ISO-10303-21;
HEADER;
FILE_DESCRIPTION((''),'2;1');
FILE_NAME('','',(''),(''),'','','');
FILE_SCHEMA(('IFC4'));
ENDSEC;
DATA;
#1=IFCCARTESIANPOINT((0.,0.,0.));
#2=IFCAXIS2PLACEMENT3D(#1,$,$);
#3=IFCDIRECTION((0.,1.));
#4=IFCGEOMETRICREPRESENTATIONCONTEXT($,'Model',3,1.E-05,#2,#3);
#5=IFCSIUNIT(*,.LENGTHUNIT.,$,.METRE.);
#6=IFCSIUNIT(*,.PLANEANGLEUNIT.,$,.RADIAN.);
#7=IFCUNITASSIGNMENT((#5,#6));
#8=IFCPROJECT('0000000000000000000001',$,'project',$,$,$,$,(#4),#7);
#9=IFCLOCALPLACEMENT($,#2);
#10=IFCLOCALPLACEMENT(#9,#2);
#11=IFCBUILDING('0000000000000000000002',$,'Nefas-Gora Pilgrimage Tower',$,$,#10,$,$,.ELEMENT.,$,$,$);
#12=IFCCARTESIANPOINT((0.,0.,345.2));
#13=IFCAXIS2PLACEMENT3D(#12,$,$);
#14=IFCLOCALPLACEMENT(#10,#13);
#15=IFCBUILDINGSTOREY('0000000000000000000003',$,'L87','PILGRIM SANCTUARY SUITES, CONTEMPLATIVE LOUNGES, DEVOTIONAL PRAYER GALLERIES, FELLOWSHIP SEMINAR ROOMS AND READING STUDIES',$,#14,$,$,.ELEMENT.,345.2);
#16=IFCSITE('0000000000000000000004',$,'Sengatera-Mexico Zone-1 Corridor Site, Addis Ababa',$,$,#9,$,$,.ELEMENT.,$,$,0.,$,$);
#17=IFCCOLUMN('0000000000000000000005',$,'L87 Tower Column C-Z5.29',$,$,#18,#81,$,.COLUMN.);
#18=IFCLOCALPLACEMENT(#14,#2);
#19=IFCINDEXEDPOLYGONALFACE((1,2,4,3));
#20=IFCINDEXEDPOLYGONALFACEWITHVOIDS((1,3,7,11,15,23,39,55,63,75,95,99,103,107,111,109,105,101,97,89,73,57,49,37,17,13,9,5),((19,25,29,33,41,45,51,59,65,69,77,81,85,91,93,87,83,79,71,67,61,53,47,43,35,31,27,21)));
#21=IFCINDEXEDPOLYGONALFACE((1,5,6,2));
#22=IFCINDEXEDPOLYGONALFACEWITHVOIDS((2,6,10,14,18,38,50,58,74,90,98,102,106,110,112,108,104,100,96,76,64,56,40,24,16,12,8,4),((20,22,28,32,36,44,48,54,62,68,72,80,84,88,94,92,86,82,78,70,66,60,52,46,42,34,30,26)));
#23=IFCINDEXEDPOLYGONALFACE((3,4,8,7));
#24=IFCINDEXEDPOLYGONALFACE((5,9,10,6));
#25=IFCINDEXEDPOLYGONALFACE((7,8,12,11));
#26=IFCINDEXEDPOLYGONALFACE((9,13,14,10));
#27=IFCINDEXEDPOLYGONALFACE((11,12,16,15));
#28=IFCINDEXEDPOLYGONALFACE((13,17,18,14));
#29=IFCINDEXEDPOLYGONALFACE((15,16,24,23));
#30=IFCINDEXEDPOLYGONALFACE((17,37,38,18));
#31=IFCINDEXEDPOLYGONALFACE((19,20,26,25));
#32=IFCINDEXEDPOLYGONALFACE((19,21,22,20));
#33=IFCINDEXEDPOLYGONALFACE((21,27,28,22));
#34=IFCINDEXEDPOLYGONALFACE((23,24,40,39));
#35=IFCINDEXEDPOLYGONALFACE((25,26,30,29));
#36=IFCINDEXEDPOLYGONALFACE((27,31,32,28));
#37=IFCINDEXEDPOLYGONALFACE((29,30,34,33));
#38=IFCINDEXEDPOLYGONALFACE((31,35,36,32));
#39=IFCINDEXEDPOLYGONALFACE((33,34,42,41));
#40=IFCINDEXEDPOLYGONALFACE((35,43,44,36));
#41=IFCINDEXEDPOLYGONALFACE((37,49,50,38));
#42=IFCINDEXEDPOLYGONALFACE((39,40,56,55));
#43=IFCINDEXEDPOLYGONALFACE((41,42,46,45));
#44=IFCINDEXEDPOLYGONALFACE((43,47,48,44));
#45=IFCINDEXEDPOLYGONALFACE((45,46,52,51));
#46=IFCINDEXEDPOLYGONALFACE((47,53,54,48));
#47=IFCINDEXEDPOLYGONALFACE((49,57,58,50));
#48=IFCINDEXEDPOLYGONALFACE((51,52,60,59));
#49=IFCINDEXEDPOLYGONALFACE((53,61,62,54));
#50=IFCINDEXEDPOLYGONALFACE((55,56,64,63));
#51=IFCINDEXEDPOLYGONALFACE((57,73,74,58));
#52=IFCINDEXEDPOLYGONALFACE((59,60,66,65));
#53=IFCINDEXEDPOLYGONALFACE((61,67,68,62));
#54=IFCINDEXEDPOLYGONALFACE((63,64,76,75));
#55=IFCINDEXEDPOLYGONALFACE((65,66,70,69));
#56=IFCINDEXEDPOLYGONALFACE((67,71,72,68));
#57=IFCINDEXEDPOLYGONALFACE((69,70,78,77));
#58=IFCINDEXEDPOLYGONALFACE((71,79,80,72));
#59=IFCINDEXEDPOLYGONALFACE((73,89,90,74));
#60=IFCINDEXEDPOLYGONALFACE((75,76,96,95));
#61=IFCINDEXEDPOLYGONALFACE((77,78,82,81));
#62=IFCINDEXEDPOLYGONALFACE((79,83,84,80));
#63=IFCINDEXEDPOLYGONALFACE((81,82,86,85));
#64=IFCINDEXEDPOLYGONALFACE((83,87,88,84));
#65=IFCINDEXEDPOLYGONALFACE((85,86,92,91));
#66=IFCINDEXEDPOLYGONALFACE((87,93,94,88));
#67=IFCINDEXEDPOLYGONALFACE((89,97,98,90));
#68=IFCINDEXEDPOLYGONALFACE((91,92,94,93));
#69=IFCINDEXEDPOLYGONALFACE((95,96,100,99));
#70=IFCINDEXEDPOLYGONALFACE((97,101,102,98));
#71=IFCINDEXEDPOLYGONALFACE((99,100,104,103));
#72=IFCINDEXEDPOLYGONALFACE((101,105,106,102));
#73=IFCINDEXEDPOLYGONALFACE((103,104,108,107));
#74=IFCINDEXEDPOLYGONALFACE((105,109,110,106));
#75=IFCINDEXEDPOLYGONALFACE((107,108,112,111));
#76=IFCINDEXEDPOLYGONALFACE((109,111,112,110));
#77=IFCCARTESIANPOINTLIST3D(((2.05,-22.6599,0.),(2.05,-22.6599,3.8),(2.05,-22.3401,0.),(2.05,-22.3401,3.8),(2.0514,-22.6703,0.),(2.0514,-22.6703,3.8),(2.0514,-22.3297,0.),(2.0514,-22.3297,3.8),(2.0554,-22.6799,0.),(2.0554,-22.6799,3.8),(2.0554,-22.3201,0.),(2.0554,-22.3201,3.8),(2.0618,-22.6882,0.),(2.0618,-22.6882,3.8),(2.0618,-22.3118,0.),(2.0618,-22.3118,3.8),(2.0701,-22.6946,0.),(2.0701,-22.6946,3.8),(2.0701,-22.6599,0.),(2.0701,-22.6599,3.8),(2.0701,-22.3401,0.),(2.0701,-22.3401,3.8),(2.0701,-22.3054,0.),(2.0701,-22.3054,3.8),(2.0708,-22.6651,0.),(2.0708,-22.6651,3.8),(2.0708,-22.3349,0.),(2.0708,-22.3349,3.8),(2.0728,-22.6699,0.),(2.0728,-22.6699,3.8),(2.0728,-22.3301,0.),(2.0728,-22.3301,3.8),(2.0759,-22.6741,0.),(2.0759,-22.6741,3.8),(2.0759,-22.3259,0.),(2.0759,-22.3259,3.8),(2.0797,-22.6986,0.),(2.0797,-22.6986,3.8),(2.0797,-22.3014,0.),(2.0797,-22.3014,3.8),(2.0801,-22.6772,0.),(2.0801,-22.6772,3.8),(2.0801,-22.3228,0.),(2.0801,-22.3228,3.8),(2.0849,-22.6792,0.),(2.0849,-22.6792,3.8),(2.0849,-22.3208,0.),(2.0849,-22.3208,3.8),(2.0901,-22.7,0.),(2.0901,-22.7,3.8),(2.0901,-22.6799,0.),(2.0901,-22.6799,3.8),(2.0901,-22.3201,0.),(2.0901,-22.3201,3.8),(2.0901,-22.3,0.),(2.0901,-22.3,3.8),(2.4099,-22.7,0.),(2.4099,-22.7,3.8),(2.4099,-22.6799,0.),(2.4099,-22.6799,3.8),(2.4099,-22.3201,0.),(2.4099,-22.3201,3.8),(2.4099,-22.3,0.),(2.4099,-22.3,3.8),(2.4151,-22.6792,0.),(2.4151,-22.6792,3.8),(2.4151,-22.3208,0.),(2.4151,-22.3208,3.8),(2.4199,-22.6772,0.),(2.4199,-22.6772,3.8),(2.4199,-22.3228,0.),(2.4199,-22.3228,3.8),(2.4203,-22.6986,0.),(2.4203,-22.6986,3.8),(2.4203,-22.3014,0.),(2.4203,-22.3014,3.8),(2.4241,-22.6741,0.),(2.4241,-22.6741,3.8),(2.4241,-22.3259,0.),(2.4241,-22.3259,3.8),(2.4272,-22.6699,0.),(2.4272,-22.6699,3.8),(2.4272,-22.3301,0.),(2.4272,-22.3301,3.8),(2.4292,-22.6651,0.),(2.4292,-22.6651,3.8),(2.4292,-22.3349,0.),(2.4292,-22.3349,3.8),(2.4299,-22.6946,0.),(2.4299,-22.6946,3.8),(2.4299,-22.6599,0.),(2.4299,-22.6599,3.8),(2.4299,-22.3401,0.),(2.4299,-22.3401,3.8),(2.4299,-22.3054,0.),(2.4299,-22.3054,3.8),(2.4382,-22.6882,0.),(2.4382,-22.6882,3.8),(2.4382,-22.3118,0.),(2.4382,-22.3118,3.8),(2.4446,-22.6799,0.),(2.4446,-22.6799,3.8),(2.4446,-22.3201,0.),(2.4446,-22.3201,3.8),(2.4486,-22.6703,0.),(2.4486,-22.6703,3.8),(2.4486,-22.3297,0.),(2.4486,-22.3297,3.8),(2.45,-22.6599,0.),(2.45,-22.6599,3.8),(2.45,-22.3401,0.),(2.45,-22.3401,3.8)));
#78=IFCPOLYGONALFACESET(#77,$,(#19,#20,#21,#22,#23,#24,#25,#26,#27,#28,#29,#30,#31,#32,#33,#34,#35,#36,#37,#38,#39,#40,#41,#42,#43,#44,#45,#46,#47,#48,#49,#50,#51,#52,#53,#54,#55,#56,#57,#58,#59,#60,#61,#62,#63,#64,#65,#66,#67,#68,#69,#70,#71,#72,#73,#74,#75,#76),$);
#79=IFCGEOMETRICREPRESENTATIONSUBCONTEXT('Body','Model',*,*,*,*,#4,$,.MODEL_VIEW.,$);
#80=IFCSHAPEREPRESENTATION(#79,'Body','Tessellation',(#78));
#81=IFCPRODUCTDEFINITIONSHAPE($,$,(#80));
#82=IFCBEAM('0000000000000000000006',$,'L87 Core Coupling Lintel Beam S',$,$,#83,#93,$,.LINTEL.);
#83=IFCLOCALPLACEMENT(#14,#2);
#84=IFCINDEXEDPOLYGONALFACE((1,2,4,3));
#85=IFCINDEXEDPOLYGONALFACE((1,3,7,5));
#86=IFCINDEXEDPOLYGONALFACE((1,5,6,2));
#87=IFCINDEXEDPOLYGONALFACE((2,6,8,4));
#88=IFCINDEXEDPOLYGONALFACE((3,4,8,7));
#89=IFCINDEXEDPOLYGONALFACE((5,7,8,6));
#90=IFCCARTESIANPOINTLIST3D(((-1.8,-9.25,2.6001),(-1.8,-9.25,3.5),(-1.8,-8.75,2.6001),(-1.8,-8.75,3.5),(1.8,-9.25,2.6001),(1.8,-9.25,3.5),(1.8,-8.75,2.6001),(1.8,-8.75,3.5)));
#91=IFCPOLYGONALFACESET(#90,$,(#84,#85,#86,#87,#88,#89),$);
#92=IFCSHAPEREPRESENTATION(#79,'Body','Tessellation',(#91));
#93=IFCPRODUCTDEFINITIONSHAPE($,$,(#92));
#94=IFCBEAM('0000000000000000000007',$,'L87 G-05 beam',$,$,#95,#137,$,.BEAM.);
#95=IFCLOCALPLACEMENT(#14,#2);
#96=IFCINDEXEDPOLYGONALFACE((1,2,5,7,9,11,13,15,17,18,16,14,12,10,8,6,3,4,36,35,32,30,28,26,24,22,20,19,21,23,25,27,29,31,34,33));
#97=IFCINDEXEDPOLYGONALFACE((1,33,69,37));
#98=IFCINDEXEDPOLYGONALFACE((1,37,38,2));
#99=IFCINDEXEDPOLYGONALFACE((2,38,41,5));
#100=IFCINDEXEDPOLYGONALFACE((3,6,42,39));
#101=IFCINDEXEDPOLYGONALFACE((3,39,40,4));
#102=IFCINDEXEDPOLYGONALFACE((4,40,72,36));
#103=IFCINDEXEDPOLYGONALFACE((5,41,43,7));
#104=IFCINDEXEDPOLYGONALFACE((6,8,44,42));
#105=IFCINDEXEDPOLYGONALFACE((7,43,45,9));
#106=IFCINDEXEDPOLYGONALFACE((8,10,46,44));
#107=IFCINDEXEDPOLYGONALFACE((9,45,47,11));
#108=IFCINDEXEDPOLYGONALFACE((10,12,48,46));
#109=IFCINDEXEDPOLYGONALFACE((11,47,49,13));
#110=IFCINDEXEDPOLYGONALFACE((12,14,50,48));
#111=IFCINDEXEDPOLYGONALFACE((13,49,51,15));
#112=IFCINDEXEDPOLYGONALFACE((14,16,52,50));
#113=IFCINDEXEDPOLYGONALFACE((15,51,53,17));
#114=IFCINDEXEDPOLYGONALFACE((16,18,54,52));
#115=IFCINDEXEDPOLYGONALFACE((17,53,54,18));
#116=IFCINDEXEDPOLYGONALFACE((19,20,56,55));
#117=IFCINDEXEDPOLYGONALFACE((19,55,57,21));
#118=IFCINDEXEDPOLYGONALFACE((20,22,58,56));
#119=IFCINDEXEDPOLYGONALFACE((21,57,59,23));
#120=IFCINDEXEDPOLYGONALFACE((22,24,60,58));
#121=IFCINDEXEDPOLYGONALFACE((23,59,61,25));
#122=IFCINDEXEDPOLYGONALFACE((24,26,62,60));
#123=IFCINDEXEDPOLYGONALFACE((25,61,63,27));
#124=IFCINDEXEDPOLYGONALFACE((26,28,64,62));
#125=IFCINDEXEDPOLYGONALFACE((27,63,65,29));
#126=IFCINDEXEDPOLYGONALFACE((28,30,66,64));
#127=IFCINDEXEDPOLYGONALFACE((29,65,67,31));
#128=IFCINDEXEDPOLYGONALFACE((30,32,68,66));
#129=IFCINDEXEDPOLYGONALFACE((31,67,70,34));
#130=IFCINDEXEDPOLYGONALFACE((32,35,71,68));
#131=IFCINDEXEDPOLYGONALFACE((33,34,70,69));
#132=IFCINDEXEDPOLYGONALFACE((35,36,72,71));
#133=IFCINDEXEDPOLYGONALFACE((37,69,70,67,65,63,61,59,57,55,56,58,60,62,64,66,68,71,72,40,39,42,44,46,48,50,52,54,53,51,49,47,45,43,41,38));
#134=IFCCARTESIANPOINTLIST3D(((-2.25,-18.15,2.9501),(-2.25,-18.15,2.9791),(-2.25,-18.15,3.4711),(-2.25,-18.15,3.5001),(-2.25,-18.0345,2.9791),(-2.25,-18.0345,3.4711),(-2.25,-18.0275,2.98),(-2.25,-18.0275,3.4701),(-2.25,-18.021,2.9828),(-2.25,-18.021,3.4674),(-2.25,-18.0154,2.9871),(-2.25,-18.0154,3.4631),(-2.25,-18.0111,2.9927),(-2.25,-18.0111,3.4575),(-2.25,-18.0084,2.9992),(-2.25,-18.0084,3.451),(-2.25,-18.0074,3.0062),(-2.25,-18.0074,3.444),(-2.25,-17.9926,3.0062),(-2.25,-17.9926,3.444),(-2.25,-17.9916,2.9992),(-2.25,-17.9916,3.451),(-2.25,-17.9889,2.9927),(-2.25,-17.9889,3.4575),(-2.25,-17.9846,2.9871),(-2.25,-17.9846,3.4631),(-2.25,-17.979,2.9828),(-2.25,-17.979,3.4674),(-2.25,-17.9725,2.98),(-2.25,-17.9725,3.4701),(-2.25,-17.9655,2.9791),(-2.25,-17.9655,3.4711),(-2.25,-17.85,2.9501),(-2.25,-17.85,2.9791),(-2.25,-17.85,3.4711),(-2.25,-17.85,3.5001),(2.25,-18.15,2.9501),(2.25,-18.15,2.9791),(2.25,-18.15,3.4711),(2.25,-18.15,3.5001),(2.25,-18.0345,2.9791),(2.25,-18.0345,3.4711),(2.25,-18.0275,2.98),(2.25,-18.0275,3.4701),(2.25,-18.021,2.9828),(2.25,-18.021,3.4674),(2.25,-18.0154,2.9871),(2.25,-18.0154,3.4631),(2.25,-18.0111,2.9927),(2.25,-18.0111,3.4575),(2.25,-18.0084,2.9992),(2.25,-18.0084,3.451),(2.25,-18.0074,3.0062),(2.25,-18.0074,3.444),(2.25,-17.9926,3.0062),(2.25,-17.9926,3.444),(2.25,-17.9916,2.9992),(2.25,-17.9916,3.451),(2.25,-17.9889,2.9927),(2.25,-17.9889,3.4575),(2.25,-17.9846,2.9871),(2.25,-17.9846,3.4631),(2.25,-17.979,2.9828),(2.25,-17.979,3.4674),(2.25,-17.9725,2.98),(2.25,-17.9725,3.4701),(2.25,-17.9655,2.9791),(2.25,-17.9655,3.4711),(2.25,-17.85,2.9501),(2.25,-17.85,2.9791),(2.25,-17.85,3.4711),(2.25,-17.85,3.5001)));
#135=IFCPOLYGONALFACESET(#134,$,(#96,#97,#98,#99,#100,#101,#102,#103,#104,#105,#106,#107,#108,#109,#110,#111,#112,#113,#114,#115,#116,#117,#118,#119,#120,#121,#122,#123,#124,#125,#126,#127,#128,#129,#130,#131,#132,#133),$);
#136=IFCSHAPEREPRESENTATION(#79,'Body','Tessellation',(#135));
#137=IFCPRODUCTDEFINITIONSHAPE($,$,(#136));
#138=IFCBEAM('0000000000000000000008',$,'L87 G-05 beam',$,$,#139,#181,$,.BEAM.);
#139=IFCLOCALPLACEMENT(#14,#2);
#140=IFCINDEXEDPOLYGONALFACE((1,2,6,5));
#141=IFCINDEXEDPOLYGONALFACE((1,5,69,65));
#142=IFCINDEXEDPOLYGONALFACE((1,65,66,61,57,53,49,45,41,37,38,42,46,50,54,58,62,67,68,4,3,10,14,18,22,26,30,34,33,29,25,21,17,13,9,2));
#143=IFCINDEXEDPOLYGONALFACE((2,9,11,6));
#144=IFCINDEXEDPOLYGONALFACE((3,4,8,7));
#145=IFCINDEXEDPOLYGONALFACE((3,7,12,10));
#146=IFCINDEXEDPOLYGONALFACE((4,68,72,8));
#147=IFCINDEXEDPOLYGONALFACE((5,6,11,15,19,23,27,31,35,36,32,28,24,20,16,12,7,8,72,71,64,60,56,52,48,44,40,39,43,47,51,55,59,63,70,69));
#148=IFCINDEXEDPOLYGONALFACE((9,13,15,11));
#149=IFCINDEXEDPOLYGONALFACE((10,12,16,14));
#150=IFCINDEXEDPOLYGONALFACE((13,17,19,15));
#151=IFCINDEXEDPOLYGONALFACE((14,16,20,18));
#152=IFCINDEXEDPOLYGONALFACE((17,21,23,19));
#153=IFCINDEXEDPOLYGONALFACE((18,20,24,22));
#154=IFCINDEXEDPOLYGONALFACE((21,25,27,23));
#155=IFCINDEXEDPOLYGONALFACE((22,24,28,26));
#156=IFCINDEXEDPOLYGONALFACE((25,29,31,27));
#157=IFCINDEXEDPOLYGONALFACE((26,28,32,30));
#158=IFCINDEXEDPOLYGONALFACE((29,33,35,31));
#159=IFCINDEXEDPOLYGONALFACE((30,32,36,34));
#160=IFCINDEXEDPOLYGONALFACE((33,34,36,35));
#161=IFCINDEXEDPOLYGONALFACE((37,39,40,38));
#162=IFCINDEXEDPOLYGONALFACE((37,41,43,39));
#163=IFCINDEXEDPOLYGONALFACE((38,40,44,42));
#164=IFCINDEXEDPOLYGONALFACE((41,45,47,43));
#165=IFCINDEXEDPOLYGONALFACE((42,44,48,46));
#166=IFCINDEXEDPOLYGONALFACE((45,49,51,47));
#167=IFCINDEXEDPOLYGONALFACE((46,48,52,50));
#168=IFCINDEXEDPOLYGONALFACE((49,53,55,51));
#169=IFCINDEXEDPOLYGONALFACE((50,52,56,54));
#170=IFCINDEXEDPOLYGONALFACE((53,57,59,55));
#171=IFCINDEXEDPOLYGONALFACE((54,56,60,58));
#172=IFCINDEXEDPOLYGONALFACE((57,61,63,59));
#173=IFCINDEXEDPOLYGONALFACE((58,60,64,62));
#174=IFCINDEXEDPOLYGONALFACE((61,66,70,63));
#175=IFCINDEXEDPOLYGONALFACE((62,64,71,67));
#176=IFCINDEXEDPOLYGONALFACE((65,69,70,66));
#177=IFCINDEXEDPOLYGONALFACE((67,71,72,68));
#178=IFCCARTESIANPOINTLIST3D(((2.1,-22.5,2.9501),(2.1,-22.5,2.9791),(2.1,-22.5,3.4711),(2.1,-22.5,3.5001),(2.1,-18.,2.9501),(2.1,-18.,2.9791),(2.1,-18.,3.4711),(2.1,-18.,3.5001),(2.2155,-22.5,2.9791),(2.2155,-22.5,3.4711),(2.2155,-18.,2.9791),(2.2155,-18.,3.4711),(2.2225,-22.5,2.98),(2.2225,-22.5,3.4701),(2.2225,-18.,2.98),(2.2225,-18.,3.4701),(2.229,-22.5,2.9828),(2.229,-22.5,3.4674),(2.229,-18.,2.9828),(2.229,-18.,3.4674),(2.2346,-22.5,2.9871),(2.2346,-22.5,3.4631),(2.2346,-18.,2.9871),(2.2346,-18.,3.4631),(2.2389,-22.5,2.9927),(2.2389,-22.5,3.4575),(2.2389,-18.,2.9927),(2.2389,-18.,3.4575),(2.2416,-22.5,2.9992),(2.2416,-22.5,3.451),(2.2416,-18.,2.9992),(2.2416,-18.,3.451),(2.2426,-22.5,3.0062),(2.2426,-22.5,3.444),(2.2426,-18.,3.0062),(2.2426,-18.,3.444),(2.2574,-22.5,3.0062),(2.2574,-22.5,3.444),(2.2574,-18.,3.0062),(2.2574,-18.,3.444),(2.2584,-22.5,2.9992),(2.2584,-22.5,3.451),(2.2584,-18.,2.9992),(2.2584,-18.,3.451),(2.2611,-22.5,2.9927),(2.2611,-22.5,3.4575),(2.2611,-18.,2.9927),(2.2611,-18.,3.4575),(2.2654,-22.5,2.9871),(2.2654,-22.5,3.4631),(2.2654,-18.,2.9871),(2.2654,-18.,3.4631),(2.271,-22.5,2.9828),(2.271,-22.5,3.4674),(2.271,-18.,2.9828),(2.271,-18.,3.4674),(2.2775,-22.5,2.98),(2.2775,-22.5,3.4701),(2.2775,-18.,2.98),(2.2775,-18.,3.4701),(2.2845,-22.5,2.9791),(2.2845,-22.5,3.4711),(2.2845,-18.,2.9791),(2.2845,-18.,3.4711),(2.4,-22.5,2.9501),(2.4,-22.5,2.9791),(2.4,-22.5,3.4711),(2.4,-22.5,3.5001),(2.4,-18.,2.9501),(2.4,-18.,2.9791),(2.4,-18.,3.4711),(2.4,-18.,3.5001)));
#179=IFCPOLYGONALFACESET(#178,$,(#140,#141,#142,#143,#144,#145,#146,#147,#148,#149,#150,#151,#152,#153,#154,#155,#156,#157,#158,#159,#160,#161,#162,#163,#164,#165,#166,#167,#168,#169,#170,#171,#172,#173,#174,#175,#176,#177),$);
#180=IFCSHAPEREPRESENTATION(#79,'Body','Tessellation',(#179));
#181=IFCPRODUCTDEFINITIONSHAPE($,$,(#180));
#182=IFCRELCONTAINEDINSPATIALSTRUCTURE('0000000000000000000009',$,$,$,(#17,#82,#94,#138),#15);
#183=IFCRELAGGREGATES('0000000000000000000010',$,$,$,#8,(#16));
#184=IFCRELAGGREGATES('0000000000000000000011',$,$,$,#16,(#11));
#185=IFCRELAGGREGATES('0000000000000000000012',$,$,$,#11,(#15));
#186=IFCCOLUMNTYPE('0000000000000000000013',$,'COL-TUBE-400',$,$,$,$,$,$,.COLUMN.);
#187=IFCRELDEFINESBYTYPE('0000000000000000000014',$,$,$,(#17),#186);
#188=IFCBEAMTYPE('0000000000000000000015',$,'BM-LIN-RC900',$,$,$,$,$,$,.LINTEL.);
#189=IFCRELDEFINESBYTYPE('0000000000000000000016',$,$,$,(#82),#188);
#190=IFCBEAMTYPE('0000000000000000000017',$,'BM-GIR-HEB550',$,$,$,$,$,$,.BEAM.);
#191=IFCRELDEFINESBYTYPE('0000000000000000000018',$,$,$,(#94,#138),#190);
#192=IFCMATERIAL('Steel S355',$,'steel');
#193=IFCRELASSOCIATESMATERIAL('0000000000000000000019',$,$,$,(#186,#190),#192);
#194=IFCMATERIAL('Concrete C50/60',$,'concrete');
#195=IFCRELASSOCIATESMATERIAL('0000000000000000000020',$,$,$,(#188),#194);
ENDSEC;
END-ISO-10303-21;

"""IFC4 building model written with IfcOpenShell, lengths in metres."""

from ifc_helpers import new_model, si_unit, direction, frame, origin, origin_2d, place, context, subcontext, project, spatial, rectangle, hollow_rectangle, i_section, extrude, source, transform, mapped, material, material_profile, profile_set, type_object, element, save


model = new_model("IFC4")

# Units and contexts
model_context = context("Model", 3, precision=1e-05, world=origin(), true_north=direction((0.0, 1.0)))
body_context = subcontext(model_context, "Body", "Model", "MODEL_VIEW")
ifc_project = project(units=[si_unit("LENGTHUNIT", "METRE"), si_unit("PLANEANGLEUNIT", "RADIAN")], contexts=[model_context])

# Site, building, storey
site_placement = place(None, origin())
site = spatial("IfcSite", under=ifc_project, at=site_placement, Name="Sengatera-Mexico Zone-1 Corridor Site, Addis Ababa", CompositionType="ELEMENT", RefElevation=0.0)
building_placement = place(site_placement, origin())
building = spatial("IfcBuilding", under=site, at=building_placement, Name="Nefas-Gora Pilgrimage Tower", CompositionType="ELEMENT")
storey_placement = place(building_placement, frame((0.0, 0.0, 345.2)))
storey = spatial("IfcBuildingStorey", under=building, at=storey_placement, Name="L87", Description="PILGRIM SANCTUARY SUITES, CONTEMPLATIVE LOUNGES, DEVOTIONAL PRAYER GALLERIES, FELLOWSHIP SEMINAR ROOMS AND READING STUDIES", CompositionType="ELEMENT", Elevation=345.2)

# Column
ifc_material_1 = material(Name="Steel S355", Category="steel")
ifc_material_2 = material(Name="Concrete C50/60", Category="concrete")
ifc_material_profile_1 = material_profile(ifc_material_1, hollow_rectangle(XDim=0.3999, YDim=0.3999, WallThickness=0.02, InnerFilletRadius=0.02, OuterFilletRadius=0.04, at=origin_2d()), Name="SHS 400x400x20")
ifc_profile_set_1 = profile_set([ifc_material_profile_1], Name="Steel S355")
column_type_1 = type_object("IfcColumnType", Name="COL-TUBE-400", PredefinedType="COLUMN", material=ifc_profile_set_1)
shared_shape_1 = source(origin(), body_context, "Body", "SweptSolid", [
    extrude(hollow_rectangle(XDim=0.3999, YDim=0.3999, WallThickness=0.02, InnerFilletRadius=0.02, OuterFilletRadius=0.04, at=origin_2d()), origin(), (0.0, 0.0, 1.0), 3.8),
])
column_1_placement = place(storey_placement, frame((2.25, -22.5, 0.0), z_axis=(0.0, 0.0, 1.0), x_axis=(1.0, 0.0, 0.0)))
element("IfcColumn", 1, at=column_1_placement, inside=storey, type_object=column_type_1, Name="L87 Tower Column C-Z5.29", PredefinedType="COLUMN", context=body_context, shape_type="MappedRepresentation", body=[
    mapped(shared_shape_1, transform((0.0, 0.0, 0.0), x_axis=(1.0, 0.0, 0.0), y_axis=(0.0, 1.0, 0.0), z_axis=(0.0, 0.0, 1.0), scale=1.0)),
])

# Beams
ifc_material_profile_2 = material_profile(ifc_material_2, rectangle(XDim=0.5, YDim=0.8999, at=origin_2d()), Name="RC 500x900")
ifc_profile_set_2 = profile_set([ifc_material_profile_2], Name="Concrete C50/60")
beam_type_1 = type_object("IfcBeamType", Name="BM-LIN-RC900", PredefinedType="LINTEL", material=ifc_profile_set_2)
shared_shape_2 = source(origin(), body_context, "Body", "SweptSolid", [
    extrude(rectangle(XDim=0.5, YDim=0.8999, at=origin_2d()), origin(), (0.0, 0.0, 1.0), 3.6001),
])
beam_placement = place(storey_placement, frame((-1.8, -9.0, 3.05), z_axis=(1.0, 0.0, 0.0), x_axis=(0.0, 1.0, 0.0)))
element("IfcBeam", 2, at=beam_placement, inside=storey, type_object=beam_type_1, Name="L87 Core Coupling Lintel Beam S", PredefinedType="LINTEL", context=body_context, shape_type="MappedRepresentation", body=[
    mapped(shared_shape_2, transform((0.0, 0.0, 0.0), x_axis=(1.0, 0.0, 0.0), y_axis=(0.0, 1.0, 0.0), z_axis=(0.0, 0.0, 1.0), scale=1.0)),
])
ifc_material_profile_3 = material_profile(ifc_material_1, i_section(OverallWidth=0.3, OverallDepth=0.55, WebThickness=0.0149, FlangeThickness=0.0291, FilletRadius=0.0271, at=origin_2d()), Name="HEB 550")
ifc_profile_set_3 = profile_set([ifc_material_profile_3], Name="Steel S355")
beam_type_2 = type_object("IfcBeamType", Name="BM-GIR-HEB550", PredefinedType="BEAM", material=ifc_profile_set_3)
shared_shape_3 = source(origin(), body_context, "Body", "SweptSolid", [
    extrude(i_section(OverallWidth=0.3, OverallDepth=0.55, WebThickness=0.0149, FlangeThickness=0.0291, FilletRadius=0.0271, at=origin_2d()), origin(), (0.0, 0.0, 1.0), 4.5),
])
for number, where, z_axis, x_axis, name in (
    (3, (-2.25, -18.0, 3.2251), (1.0, 0.0, 0.0), (0.0, 1.0, 0.0), "L87 G-05 beam"),
    (4, (2.25, -22.5, 3.2251), (0.0, 1.0, 0.0), (-1.0, 0.0, 0.0), "L87 G-05 beam"),
):
    element("IfcBeam", number, at=place(storey_placement, frame(where, z_axis=z_axis, x_axis=x_axis)), inside=storey, type_object=beam_type_2, Name=name, PredefinedType="BEAM", context=body_context, shape_type="MappedRepresentation", body=[
        mapped(shared_shape_3, transform((0.0, 0.0, 0.0), x_axis=(1.0, 0.0, 0.0), y_axis=(0.0, 1.0, 0.0), z_axis=(0.0, 0.0, 1.0), scale=1.0)),
    ])

save(model, "model.ifc")
